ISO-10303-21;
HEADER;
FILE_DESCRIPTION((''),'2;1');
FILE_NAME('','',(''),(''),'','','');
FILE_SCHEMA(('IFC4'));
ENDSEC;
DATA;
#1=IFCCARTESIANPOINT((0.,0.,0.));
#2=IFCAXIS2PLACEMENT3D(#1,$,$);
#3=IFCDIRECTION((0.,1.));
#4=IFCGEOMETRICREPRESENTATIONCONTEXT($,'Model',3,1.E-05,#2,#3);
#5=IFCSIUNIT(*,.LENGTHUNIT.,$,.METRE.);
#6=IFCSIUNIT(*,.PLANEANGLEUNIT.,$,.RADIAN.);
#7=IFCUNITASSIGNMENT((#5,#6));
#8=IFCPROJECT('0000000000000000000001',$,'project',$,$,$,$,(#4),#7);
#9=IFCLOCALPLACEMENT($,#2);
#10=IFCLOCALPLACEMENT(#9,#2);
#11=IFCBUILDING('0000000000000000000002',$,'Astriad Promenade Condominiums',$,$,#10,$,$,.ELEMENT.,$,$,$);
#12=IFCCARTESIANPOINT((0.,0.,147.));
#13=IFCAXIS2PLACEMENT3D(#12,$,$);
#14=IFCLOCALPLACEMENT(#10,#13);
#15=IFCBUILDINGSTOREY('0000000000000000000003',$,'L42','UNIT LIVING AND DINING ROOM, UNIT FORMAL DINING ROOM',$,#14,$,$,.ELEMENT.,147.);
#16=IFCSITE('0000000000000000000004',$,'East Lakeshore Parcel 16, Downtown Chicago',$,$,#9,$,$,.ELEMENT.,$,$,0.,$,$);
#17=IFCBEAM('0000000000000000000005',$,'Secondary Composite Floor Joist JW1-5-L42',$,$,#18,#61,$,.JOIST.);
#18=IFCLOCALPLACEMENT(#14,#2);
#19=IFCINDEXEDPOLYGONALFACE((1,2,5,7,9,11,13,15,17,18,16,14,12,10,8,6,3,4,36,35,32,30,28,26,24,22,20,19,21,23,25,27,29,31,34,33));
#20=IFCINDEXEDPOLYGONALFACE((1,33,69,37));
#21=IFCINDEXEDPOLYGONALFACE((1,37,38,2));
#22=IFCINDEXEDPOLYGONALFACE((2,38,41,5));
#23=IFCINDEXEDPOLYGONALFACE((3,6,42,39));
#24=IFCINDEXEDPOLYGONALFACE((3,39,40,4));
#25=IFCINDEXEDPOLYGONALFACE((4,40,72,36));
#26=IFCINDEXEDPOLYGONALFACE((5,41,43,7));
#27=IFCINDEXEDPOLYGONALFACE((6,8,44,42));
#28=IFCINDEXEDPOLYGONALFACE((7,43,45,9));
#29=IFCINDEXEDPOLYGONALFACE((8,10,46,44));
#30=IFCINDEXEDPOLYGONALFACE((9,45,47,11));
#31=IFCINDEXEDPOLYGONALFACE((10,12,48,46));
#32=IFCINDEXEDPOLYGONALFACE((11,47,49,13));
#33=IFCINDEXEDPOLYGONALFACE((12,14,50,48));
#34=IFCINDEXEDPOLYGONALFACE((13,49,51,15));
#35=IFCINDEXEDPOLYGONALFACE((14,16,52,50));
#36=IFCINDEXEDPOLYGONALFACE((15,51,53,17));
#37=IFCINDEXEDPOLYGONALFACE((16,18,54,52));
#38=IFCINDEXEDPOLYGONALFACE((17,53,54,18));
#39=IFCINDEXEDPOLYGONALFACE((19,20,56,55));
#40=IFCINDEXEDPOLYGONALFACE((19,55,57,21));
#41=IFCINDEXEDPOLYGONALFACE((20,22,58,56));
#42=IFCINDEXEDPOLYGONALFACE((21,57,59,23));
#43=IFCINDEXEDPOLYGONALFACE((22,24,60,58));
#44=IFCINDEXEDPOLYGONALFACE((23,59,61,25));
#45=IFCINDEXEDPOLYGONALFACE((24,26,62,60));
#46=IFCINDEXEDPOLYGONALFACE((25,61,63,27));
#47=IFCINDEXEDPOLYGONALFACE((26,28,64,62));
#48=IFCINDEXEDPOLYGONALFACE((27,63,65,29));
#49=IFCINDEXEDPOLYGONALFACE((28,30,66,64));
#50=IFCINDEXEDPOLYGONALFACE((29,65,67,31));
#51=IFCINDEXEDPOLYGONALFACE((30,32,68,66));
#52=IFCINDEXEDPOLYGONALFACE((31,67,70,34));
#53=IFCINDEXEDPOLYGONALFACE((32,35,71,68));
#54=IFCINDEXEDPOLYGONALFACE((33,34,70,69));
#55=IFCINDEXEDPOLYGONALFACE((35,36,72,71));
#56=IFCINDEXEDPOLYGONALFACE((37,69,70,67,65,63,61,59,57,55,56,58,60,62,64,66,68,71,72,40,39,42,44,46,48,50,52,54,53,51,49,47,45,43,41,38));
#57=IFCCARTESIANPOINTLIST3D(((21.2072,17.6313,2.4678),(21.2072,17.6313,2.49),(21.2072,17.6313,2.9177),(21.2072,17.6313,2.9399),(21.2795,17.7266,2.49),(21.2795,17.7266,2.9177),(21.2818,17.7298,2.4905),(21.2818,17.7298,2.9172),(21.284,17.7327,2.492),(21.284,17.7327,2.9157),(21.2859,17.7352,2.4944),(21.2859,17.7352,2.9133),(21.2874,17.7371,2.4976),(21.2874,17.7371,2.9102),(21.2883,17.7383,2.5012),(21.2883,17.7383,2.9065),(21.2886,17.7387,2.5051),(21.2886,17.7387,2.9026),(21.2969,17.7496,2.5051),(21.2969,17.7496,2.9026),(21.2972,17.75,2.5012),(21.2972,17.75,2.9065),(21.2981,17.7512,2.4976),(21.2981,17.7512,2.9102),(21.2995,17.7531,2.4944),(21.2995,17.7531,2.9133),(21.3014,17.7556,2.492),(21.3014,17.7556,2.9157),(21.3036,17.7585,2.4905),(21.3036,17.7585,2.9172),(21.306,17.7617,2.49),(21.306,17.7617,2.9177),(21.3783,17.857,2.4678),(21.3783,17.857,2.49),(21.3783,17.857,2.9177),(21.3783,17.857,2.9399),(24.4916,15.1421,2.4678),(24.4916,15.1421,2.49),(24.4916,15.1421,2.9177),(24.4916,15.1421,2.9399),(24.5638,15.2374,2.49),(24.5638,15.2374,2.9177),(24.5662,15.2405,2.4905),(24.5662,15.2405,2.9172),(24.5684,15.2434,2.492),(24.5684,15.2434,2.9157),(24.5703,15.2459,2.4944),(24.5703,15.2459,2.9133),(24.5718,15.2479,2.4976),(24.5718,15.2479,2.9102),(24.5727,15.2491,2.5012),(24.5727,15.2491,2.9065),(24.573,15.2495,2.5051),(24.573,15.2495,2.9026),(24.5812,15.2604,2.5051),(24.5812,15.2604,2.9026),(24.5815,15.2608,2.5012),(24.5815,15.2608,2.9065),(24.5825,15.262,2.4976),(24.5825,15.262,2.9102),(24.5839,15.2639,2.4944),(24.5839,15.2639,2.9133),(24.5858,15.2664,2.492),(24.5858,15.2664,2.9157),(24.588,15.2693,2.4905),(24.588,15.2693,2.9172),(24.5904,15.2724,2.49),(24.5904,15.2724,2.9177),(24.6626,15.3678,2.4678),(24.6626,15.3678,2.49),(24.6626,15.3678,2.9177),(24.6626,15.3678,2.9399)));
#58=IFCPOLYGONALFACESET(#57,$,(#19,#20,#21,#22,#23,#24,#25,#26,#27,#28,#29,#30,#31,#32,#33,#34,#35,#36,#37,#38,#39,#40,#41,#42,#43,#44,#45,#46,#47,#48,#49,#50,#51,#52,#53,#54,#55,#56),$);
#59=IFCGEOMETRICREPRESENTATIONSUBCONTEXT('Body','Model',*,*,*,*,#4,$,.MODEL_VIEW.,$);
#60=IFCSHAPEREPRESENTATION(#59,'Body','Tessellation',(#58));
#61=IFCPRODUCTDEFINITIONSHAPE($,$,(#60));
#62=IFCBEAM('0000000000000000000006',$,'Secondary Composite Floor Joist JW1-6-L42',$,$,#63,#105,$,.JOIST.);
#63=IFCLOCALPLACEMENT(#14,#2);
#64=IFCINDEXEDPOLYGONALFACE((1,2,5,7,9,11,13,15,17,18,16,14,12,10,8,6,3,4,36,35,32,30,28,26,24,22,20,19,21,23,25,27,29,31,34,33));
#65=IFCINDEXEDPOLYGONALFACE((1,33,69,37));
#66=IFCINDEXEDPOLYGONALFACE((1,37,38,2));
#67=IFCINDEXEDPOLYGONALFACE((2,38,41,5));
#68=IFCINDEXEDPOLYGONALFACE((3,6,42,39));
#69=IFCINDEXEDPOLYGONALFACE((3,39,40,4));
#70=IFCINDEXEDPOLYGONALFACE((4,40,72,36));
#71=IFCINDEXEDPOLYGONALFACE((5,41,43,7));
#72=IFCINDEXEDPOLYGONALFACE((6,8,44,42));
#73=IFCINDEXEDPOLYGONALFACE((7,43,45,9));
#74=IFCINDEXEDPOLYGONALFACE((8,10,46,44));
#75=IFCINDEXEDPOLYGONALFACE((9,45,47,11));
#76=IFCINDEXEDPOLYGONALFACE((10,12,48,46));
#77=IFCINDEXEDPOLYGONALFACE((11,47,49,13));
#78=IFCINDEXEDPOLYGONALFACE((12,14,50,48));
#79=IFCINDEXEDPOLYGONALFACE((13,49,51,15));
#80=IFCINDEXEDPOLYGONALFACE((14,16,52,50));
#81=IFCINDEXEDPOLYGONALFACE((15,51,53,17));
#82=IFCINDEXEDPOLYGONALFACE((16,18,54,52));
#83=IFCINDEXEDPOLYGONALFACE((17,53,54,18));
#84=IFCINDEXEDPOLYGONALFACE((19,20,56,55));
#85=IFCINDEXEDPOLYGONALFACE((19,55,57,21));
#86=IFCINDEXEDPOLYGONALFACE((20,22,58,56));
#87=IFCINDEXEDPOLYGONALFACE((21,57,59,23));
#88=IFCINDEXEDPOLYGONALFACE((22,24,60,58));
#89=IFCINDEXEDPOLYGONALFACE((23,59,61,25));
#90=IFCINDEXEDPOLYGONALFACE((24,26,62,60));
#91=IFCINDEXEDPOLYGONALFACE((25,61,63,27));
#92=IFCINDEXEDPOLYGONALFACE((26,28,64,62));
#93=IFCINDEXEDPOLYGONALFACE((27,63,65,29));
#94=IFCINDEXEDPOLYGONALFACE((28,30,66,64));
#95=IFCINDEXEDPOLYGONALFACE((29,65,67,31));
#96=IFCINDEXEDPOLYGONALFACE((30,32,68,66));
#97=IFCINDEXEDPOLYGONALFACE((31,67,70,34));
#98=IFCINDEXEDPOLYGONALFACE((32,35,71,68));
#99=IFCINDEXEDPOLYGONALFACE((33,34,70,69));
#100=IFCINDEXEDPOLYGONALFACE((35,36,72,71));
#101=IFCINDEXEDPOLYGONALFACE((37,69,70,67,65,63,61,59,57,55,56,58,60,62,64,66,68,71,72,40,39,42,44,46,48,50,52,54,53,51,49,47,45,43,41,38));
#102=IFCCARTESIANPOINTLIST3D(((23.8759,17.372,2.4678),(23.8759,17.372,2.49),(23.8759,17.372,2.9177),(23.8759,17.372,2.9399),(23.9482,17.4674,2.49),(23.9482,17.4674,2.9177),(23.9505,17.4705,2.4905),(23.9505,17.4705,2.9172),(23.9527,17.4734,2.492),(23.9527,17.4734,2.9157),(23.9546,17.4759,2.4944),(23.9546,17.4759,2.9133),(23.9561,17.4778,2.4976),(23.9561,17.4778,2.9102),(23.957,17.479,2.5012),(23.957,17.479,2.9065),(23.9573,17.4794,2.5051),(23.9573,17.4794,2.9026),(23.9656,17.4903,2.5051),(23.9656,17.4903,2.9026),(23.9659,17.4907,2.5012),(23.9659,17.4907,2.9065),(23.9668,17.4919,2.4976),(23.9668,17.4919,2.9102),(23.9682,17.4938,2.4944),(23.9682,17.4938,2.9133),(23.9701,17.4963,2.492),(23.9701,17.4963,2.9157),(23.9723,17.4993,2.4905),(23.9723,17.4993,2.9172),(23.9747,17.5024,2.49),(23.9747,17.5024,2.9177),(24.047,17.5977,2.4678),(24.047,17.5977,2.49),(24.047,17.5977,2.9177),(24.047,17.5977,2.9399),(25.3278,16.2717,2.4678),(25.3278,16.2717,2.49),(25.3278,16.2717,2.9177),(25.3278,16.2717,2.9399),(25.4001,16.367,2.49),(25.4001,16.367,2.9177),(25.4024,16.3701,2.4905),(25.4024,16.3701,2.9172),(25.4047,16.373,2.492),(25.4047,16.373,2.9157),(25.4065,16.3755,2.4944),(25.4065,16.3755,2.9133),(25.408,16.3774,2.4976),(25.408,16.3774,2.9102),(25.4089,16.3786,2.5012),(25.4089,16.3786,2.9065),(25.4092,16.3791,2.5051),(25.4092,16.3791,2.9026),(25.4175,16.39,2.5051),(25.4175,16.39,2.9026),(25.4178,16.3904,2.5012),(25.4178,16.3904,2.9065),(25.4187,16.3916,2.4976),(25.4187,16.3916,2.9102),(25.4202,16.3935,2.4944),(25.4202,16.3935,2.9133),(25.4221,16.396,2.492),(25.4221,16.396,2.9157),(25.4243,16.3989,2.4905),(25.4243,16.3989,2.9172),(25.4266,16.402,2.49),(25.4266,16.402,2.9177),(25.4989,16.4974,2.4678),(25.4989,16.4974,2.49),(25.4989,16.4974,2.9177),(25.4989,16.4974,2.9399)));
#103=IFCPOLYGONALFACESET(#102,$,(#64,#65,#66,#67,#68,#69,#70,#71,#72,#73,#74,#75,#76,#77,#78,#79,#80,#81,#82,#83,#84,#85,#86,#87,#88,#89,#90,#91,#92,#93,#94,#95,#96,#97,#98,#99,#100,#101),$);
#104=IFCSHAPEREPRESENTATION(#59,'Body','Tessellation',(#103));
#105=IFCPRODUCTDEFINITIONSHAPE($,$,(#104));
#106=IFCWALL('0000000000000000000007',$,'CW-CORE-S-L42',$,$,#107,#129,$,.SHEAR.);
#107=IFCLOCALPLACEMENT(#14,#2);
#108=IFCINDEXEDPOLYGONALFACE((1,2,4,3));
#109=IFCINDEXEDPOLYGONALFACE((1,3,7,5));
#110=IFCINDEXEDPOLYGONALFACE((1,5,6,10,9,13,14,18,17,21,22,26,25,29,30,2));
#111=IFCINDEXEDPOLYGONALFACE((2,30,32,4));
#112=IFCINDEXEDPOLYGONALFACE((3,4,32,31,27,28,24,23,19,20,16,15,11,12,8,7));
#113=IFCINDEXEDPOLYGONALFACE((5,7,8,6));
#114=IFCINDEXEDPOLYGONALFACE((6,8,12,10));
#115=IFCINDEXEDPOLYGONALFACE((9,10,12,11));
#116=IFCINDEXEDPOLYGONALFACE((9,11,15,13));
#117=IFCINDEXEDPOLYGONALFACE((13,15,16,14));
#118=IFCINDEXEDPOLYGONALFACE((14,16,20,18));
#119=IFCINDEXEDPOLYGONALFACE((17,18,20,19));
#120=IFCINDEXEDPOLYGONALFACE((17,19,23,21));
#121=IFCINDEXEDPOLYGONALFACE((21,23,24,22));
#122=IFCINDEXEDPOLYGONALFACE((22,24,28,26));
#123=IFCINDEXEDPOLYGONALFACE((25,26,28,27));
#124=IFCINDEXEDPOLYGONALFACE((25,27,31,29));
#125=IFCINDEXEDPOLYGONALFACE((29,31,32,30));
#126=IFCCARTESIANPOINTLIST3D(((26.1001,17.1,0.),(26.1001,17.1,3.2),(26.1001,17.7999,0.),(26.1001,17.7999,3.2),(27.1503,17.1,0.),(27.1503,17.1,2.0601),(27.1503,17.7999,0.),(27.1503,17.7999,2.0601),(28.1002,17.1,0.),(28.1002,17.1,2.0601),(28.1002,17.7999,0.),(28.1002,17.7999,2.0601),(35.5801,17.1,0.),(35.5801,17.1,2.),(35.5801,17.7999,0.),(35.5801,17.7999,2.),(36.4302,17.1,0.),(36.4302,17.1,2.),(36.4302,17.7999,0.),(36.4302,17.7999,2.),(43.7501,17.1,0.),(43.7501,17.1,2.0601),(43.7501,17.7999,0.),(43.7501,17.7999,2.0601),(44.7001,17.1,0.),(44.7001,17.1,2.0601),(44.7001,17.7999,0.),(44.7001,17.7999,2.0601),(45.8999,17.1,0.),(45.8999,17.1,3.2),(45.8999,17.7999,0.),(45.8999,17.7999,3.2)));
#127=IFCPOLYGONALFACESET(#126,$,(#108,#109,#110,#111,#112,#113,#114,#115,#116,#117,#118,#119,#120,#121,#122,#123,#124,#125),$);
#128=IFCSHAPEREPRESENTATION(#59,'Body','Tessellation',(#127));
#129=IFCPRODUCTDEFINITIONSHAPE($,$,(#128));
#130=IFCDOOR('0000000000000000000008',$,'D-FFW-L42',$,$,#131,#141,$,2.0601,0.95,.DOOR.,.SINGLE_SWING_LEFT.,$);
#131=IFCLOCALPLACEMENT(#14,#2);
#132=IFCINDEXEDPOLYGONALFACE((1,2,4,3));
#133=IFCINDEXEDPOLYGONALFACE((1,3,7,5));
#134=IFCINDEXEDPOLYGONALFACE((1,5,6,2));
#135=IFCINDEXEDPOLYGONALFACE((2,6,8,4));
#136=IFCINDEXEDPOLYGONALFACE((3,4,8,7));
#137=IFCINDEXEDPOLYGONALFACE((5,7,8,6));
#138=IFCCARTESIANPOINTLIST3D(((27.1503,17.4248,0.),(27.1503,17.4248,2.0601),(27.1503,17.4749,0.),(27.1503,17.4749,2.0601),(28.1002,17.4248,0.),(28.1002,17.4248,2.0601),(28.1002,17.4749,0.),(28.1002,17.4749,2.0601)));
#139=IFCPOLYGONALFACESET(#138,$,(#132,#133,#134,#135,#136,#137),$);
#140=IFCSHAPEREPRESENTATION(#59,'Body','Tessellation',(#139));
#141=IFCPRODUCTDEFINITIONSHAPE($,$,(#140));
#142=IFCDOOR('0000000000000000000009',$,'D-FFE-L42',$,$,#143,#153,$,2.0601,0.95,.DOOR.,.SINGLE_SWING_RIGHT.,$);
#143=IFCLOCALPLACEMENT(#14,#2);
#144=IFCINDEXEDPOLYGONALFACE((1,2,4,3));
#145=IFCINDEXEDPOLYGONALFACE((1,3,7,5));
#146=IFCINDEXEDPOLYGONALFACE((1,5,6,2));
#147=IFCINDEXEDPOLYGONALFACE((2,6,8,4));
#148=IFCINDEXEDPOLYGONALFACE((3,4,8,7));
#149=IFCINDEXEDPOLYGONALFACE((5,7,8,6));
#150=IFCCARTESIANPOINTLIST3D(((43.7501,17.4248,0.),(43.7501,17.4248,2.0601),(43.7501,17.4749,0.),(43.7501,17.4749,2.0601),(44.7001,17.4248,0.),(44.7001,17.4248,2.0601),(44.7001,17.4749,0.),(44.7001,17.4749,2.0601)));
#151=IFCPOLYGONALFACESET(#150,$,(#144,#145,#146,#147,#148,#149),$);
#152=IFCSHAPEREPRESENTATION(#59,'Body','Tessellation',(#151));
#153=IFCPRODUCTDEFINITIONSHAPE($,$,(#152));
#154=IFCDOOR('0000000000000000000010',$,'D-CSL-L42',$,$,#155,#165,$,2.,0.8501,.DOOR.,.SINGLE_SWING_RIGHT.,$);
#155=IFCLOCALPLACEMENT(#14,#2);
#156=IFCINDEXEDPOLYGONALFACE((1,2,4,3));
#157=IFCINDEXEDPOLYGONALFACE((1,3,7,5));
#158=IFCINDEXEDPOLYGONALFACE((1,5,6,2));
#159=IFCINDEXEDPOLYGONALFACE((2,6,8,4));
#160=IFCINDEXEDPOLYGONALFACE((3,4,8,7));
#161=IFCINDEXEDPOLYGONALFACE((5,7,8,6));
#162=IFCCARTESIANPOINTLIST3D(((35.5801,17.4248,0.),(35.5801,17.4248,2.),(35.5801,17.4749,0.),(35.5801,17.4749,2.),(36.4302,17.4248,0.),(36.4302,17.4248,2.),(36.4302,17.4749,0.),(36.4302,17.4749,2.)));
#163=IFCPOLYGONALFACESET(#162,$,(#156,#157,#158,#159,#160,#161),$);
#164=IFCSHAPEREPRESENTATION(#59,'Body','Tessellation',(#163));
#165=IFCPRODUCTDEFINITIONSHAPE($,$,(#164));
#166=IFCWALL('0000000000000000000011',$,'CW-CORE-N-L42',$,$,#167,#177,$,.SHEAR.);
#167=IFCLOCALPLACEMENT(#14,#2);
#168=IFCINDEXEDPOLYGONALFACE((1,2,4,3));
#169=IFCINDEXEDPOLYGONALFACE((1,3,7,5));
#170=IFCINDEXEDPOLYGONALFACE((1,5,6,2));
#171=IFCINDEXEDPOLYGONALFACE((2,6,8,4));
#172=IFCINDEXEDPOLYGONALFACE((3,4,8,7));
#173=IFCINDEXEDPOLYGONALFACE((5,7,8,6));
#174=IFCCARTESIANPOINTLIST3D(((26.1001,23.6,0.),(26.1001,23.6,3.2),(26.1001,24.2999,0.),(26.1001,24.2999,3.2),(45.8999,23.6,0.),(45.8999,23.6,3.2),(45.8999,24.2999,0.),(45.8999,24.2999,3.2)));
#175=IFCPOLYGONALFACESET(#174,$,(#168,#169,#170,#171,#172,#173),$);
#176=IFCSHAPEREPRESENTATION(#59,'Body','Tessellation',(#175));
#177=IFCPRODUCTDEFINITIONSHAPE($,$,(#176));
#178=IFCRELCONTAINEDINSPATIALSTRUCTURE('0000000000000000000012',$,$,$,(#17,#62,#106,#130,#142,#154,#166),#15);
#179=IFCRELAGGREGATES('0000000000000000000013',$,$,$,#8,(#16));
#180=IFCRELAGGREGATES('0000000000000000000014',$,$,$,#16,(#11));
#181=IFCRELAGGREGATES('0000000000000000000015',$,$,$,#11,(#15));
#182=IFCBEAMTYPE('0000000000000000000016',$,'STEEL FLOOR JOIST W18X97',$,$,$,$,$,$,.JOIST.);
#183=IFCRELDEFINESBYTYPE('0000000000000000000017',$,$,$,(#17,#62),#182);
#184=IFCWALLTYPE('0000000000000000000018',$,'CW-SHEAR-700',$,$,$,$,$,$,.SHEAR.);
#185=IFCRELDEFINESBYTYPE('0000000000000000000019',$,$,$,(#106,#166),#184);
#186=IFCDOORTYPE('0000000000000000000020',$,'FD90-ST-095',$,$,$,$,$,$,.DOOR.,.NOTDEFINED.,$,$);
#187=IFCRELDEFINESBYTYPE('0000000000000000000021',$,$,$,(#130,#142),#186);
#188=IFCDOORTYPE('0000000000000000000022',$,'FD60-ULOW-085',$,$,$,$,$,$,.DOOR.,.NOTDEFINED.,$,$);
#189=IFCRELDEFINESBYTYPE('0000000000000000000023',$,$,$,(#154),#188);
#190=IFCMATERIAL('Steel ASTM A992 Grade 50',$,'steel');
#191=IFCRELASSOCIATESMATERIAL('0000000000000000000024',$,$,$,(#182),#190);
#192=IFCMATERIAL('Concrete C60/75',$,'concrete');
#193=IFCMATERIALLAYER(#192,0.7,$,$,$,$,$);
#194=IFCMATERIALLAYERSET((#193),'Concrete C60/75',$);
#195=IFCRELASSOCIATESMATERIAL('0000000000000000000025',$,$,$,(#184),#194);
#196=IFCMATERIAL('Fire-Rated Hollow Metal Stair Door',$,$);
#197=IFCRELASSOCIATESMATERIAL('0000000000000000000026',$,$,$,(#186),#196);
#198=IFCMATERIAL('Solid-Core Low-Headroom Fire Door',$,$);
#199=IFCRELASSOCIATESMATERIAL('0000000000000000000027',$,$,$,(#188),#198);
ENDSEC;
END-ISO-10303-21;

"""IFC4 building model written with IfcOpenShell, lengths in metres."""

from ifc_helpers import new_model, si_unit, direction, frame, frame_2d, origin, origin_2d, place, context, subcontext, project, spatial, rectangle, i_section, extrude, source, transform, mapped, material, layer, layer_set, material_profile, profile_set, type_object, type_shapes, element, fill, save


model = new_model("IFC4")

# Units and contexts
model_context = context("Model", 3, precision=1e-05, world=origin(), true_north=direction((0.0, 1.0)))
body_context = subcontext(model_context, "Body", "Model", "MODEL_VIEW")
ifc_project = project(units=[si_unit("LENGTHUNIT", "METRE"), si_unit("PLANEANGLEUNIT", "RADIAN")], contexts=[model_context])

# Site, building, storey
site_placement = place(None, origin())
site = spatial("IfcSite", under=ifc_project, at=site_placement, Name="East Lakeshore Parcel 16, Downtown Chicago", CompositionType="ELEMENT", RefElevation=0.0)
building_placement = place(site_placement, origin())
building = spatial("IfcBuilding", under=site, at=building_placement, Name="Astriad Promenade Condominiums", CompositionType="ELEMENT")
storey_placement = place(building_placement, frame((0.0, 0.0, 147.0)))
storey = spatial("IfcBuildingStorey", under=building, at=storey_placement, Name="L42", Description="UNIT LIVING AND DINING ROOM, UNIT FORMAL DINING ROOM", CompositionType="ELEMENT", Elevation=147.0)

# Shared definitions
ifc_material_1 = material(Name="Steel ASTM A992 Grade 50", Category="steel")
ifc_material_2 = material(Name="Concrete C60/75", Category="concrete")

# Beams
ifc_material_profile_1 = material_profile(ifc_material_1, i_section(OverallWidth=0.2832, OverallDepth=0.4722, WebThickness=0.0137, FlangeThickness=0.0222, FilletRadius=0.0151, at=origin_2d()), Name="W18X97")
ifc_profile_set_1 = profile_set([ifc_material_profile_1], Name="Steel ASTM A992 Grade 50")
beam_type_1 = type_object("IfcBeamType", Name="STEEL FLOOR JOIST W18X97", PredefinedType="JOIST", material=ifc_profile_set_1)
shared_shape_1 = source(origin(), body_context, "Body", "SweptSolid", [
    extrude(i_section(OverallWidth=0.2832, OverallDepth=0.4722, WebThickness=0.0137, FlangeThickness=0.0222, FilletRadius=0.0151, at=origin_2d()), origin(), (0.0, 0.0, 1.0), 4.1211),
])
beam_1_placement = place(storey_placement, frame((21.2927, 17.7441, 2.7039), z_axis=(0.796969, -0.604021, 0.0), x_axis=(0.604021, 0.796969, 0.0)))
element("IfcBeam", 1, at=beam_1_placement, inside=storey, type_object=beam_type_1, Name="Secondary Composite Floor Joist JW1-5-L42", PredefinedType="JOIST", context=body_context, shape_type="MappedRepresentation", body=[
    mapped(shared_shape_1, transform((0.0, 0.0, 0.0), scale=1.0)),
])
shared_shape_2 = source(origin(), body_context, "Body", "SweptSolid", [
    extrude(i_section(OverallWidth=0.2832, OverallDepth=0.4722, WebThickness=0.0137, FlangeThickness=0.0222, FilletRadius=0.0151, at=origin_2d()), origin(), (0.0, 0.0, 1.0), 1.8218),
])
type_shapes(beam_type_1, [shared_shape_1, shared_shape_2])
beam_2_placement = place(storey_placement, frame((23.9614, 17.4849, 2.7039), z_axis=(0.796983, -0.604002, 0.0), x_axis=(0.604002, 0.796983, 0.0)))
element("IfcBeam", 2, at=beam_2_placement, inside=storey, type_object=beam_type_1, Name="Secondary Composite Floor Joist JW1-6-L42", PredefinedType="JOIST", context=body_context, shape_type="MappedRepresentation", body=[
    mapped(shared_shape_2, transform((0.0, 0.0, 0.0), scale=1.0)),
])

# Wall, openings, doors
ifc_layer_1 = layer(ifc_material_2, 0.7)
ifc_layer_set_1 = layer_set([ifc_layer_1], Name="Concrete C60/75")
wall_type_1 = type_object("IfcWallType", Name="CW-SHEAR-700", PredefinedType="SHEAR", material=ifc_layer_set_1)
wall_1_placement = place(storey_placement, frame((26.1001, 17.45, 0.0), z_axis=(0.0, 0.0, 1.0), x_axis=(1.0, 0.0, 0.0)))
wall_1 = element("IfcWall", 3, at=wall_1_placement, inside=storey, type_object=wall_type_1, Name="CW-CORE-S-L42", PredefinedType="SHEAR", context=body_context, shape_type="SweptSolid", body=[
    extrude(rectangle(XDim=19.7998, YDim=0.7, at=frame_2d((9.8999, 0.0))), origin(), (0.0, 0.0, 1.0), 3.2),
])
opening_1_placement = place(wall_1_placement, frame((1.05, 0.0, 0.0)))
opening_1 = element("IfcOpeningElement", 4, at=opening_1_placement, cuts=wall_1, PredefinedType="OPENING", context=body_context, shape_type="SweptSolid", body=[
    extrude(rectangle(XDim=0.95, YDim=2.0601, at=frame_2d((0.4751, 1.03))), frame((0.0, 0.3599, 0.0), z_axis=(0.0, -1.0, 0.0), x_axis=(1.0, 0.0, 0.0)), (0.0, 0.0, 1.0), 0.72),
])
opening_2_placement = place(wall_1_placement, frame((9.48, 0.0, 0.0)))
opening_2 = element("IfcOpeningElement", 5, at=opening_2_placement, cuts=wall_1, PredefinedType="OPENING", context=body_context, shape_type="SweptSolid", body=[
    extrude(rectangle(XDim=0.8501, YDim=2.0, at=frame_2d((0.425, 1.0))), frame((0.0, 0.3599, 0.0), z_axis=(0.0, -1.0, 0.0), x_axis=(1.0, 0.0, 0.0)), (0.0, 0.0, 1.0), 0.72),
])
opening_3_placement = place(wall_1_placement, frame((17.6499, 0.0, 0.0)))
opening_3 = element("IfcOpeningElement", 6, at=opening_3_placement, cuts=wall_1, PredefinedType="OPENING", context=body_context, shape_type="SweptSolid", body=[
    extrude(rectangle(XDim=0.95, YDim=2.0601, at=frame_2d((0.4751, 1.03))), frame((0.0, 0.3599, 0.0), z_axis=(0.0, -1.0, 0.0), x_axis=(1.0, 0.0, 0.0)), (0.0, 0.0, 1.0), 0.72),
])
ifc_material_3 = material(Name="Fire-Rated Hollow Metal Stair Door")
door_type_1 = type_object("IfcDoorType", Name="FD90-ST-095", OperationType="NOTDEFINED", PredefinedType="DOOR", material=ifc_material_3)
shared_shape_3 = source(origin(), body_context, "Body", "SweptSolid", [
    extrude(rectangle(XDim=0.95, YDim=2.0601, at=frame_2d((0.4751, 1.03))), frame((0.0, 0.0249, 0.0), z_axis=(0.0, -1.0, 0.0), x_axis=(1.0, 0.0, 0.0)), (0.0, 0.0, 1.0), 0.05),
])
type_shapes(door_type_1, [shared_shape_3])
door_1_placement = place(opening_1_placement, origin())
door_1 = element("IfcDoor", 7, at=door_1_placement, inside=storey, type_object=door_type_1, Name="D-FFW-L42", OperationType="SINGLE_SWING_LEFT", OverallHeight=2.0601, OverallWidth=0.95, PredefinedType="DOOR", context=body_context, shape_type="MappedRepresentation", body=[
    mapped(shared_shape_3, transform((0.0, 0.0, 0.0), scale=1.0)),
])
fill(opening_1, door_1)
door_2_placement = place(opening_3_placement, origin())
door_2 = element("IfcDoor", 8, at=door_2_placement, inside=storey, type_object=door_type_1, Name="D-FFE-L42", OperationType="SINGLE_SWING_RIGHT", OverallHeight=2.0601, OverallWidth=0.95, PredefinedType="DOOR", context=body_context, shape_type="MappedRepresentation", body=[
    mapped(shared_shape_3, transform((0.0, 0.0, 0.0), scale=1.0)),
])
fill(opening_3, door_2)
ifc_material_4 = material(Name="Solid-Core Low-Headroom Fire Door")
door_type_2 = type_object("IfcDoorType", Name="FD60-ULOW-085", OperationType="NOTDEFINED", PredefinedType="DOOR", material=ifc_material_4)
shared_shape_4 = source(origin(), body_context, "Body", "SweptSolid", [
    extrude(rectangle(XDim=0.8501, YDim=2.0, at=frame_2d((0.425, 1.0))), frame((0.0, 0.0249, 0.0), z_axis=(0.0, -1.0, 0.0), x_axis=(1.0, 0.0, 0.0)), (0.0, 0.0, 1.0), 0.05),
])
type_shapes(door_type_2, [shared_shape_4])
door_3_placement = place(opening_2_placement, origin())
door_3 = element("IfcDoor", 9, at=door_3_placement, inside=storey, type_object=door_type_2, Name="D-CSL-L42", OperationType="SINGLE_SWING_RIGHT", OverallHeight=2.0, OverallWidth=0.8501, PredefinedType="DOOR", context=body_context, shape_type="MappedRepresentation", body=[
    mapped(shared_shape_4, transform((0.0, 0.0, 0.0), scale=1.0)),
])
fill(opening_2, door_3)

# Wall
wall_2_placement = place(storey_placement, frame((26.1001, 23.95, 0.0), z_axis=(0.0, 0.0, 1.0), x_axis=(1.0, 0.0, 0.0)))
element("IfcWall", 10, at=wall_2_placement, inside=storey, type_object=wall_type_1, Name="CW-CORE-N-L42", PredefinedType="SHEAR", context=body_context, shape_type="SweptSolid", body=[
    extrude(rectangle(XDim=19.7998, YDim=0.7, at=frame_2d((9.8999, 0.0))), origin(), (0.0, 0.0, 1.0), 3.2),
])

save(model, "model.ifc")
